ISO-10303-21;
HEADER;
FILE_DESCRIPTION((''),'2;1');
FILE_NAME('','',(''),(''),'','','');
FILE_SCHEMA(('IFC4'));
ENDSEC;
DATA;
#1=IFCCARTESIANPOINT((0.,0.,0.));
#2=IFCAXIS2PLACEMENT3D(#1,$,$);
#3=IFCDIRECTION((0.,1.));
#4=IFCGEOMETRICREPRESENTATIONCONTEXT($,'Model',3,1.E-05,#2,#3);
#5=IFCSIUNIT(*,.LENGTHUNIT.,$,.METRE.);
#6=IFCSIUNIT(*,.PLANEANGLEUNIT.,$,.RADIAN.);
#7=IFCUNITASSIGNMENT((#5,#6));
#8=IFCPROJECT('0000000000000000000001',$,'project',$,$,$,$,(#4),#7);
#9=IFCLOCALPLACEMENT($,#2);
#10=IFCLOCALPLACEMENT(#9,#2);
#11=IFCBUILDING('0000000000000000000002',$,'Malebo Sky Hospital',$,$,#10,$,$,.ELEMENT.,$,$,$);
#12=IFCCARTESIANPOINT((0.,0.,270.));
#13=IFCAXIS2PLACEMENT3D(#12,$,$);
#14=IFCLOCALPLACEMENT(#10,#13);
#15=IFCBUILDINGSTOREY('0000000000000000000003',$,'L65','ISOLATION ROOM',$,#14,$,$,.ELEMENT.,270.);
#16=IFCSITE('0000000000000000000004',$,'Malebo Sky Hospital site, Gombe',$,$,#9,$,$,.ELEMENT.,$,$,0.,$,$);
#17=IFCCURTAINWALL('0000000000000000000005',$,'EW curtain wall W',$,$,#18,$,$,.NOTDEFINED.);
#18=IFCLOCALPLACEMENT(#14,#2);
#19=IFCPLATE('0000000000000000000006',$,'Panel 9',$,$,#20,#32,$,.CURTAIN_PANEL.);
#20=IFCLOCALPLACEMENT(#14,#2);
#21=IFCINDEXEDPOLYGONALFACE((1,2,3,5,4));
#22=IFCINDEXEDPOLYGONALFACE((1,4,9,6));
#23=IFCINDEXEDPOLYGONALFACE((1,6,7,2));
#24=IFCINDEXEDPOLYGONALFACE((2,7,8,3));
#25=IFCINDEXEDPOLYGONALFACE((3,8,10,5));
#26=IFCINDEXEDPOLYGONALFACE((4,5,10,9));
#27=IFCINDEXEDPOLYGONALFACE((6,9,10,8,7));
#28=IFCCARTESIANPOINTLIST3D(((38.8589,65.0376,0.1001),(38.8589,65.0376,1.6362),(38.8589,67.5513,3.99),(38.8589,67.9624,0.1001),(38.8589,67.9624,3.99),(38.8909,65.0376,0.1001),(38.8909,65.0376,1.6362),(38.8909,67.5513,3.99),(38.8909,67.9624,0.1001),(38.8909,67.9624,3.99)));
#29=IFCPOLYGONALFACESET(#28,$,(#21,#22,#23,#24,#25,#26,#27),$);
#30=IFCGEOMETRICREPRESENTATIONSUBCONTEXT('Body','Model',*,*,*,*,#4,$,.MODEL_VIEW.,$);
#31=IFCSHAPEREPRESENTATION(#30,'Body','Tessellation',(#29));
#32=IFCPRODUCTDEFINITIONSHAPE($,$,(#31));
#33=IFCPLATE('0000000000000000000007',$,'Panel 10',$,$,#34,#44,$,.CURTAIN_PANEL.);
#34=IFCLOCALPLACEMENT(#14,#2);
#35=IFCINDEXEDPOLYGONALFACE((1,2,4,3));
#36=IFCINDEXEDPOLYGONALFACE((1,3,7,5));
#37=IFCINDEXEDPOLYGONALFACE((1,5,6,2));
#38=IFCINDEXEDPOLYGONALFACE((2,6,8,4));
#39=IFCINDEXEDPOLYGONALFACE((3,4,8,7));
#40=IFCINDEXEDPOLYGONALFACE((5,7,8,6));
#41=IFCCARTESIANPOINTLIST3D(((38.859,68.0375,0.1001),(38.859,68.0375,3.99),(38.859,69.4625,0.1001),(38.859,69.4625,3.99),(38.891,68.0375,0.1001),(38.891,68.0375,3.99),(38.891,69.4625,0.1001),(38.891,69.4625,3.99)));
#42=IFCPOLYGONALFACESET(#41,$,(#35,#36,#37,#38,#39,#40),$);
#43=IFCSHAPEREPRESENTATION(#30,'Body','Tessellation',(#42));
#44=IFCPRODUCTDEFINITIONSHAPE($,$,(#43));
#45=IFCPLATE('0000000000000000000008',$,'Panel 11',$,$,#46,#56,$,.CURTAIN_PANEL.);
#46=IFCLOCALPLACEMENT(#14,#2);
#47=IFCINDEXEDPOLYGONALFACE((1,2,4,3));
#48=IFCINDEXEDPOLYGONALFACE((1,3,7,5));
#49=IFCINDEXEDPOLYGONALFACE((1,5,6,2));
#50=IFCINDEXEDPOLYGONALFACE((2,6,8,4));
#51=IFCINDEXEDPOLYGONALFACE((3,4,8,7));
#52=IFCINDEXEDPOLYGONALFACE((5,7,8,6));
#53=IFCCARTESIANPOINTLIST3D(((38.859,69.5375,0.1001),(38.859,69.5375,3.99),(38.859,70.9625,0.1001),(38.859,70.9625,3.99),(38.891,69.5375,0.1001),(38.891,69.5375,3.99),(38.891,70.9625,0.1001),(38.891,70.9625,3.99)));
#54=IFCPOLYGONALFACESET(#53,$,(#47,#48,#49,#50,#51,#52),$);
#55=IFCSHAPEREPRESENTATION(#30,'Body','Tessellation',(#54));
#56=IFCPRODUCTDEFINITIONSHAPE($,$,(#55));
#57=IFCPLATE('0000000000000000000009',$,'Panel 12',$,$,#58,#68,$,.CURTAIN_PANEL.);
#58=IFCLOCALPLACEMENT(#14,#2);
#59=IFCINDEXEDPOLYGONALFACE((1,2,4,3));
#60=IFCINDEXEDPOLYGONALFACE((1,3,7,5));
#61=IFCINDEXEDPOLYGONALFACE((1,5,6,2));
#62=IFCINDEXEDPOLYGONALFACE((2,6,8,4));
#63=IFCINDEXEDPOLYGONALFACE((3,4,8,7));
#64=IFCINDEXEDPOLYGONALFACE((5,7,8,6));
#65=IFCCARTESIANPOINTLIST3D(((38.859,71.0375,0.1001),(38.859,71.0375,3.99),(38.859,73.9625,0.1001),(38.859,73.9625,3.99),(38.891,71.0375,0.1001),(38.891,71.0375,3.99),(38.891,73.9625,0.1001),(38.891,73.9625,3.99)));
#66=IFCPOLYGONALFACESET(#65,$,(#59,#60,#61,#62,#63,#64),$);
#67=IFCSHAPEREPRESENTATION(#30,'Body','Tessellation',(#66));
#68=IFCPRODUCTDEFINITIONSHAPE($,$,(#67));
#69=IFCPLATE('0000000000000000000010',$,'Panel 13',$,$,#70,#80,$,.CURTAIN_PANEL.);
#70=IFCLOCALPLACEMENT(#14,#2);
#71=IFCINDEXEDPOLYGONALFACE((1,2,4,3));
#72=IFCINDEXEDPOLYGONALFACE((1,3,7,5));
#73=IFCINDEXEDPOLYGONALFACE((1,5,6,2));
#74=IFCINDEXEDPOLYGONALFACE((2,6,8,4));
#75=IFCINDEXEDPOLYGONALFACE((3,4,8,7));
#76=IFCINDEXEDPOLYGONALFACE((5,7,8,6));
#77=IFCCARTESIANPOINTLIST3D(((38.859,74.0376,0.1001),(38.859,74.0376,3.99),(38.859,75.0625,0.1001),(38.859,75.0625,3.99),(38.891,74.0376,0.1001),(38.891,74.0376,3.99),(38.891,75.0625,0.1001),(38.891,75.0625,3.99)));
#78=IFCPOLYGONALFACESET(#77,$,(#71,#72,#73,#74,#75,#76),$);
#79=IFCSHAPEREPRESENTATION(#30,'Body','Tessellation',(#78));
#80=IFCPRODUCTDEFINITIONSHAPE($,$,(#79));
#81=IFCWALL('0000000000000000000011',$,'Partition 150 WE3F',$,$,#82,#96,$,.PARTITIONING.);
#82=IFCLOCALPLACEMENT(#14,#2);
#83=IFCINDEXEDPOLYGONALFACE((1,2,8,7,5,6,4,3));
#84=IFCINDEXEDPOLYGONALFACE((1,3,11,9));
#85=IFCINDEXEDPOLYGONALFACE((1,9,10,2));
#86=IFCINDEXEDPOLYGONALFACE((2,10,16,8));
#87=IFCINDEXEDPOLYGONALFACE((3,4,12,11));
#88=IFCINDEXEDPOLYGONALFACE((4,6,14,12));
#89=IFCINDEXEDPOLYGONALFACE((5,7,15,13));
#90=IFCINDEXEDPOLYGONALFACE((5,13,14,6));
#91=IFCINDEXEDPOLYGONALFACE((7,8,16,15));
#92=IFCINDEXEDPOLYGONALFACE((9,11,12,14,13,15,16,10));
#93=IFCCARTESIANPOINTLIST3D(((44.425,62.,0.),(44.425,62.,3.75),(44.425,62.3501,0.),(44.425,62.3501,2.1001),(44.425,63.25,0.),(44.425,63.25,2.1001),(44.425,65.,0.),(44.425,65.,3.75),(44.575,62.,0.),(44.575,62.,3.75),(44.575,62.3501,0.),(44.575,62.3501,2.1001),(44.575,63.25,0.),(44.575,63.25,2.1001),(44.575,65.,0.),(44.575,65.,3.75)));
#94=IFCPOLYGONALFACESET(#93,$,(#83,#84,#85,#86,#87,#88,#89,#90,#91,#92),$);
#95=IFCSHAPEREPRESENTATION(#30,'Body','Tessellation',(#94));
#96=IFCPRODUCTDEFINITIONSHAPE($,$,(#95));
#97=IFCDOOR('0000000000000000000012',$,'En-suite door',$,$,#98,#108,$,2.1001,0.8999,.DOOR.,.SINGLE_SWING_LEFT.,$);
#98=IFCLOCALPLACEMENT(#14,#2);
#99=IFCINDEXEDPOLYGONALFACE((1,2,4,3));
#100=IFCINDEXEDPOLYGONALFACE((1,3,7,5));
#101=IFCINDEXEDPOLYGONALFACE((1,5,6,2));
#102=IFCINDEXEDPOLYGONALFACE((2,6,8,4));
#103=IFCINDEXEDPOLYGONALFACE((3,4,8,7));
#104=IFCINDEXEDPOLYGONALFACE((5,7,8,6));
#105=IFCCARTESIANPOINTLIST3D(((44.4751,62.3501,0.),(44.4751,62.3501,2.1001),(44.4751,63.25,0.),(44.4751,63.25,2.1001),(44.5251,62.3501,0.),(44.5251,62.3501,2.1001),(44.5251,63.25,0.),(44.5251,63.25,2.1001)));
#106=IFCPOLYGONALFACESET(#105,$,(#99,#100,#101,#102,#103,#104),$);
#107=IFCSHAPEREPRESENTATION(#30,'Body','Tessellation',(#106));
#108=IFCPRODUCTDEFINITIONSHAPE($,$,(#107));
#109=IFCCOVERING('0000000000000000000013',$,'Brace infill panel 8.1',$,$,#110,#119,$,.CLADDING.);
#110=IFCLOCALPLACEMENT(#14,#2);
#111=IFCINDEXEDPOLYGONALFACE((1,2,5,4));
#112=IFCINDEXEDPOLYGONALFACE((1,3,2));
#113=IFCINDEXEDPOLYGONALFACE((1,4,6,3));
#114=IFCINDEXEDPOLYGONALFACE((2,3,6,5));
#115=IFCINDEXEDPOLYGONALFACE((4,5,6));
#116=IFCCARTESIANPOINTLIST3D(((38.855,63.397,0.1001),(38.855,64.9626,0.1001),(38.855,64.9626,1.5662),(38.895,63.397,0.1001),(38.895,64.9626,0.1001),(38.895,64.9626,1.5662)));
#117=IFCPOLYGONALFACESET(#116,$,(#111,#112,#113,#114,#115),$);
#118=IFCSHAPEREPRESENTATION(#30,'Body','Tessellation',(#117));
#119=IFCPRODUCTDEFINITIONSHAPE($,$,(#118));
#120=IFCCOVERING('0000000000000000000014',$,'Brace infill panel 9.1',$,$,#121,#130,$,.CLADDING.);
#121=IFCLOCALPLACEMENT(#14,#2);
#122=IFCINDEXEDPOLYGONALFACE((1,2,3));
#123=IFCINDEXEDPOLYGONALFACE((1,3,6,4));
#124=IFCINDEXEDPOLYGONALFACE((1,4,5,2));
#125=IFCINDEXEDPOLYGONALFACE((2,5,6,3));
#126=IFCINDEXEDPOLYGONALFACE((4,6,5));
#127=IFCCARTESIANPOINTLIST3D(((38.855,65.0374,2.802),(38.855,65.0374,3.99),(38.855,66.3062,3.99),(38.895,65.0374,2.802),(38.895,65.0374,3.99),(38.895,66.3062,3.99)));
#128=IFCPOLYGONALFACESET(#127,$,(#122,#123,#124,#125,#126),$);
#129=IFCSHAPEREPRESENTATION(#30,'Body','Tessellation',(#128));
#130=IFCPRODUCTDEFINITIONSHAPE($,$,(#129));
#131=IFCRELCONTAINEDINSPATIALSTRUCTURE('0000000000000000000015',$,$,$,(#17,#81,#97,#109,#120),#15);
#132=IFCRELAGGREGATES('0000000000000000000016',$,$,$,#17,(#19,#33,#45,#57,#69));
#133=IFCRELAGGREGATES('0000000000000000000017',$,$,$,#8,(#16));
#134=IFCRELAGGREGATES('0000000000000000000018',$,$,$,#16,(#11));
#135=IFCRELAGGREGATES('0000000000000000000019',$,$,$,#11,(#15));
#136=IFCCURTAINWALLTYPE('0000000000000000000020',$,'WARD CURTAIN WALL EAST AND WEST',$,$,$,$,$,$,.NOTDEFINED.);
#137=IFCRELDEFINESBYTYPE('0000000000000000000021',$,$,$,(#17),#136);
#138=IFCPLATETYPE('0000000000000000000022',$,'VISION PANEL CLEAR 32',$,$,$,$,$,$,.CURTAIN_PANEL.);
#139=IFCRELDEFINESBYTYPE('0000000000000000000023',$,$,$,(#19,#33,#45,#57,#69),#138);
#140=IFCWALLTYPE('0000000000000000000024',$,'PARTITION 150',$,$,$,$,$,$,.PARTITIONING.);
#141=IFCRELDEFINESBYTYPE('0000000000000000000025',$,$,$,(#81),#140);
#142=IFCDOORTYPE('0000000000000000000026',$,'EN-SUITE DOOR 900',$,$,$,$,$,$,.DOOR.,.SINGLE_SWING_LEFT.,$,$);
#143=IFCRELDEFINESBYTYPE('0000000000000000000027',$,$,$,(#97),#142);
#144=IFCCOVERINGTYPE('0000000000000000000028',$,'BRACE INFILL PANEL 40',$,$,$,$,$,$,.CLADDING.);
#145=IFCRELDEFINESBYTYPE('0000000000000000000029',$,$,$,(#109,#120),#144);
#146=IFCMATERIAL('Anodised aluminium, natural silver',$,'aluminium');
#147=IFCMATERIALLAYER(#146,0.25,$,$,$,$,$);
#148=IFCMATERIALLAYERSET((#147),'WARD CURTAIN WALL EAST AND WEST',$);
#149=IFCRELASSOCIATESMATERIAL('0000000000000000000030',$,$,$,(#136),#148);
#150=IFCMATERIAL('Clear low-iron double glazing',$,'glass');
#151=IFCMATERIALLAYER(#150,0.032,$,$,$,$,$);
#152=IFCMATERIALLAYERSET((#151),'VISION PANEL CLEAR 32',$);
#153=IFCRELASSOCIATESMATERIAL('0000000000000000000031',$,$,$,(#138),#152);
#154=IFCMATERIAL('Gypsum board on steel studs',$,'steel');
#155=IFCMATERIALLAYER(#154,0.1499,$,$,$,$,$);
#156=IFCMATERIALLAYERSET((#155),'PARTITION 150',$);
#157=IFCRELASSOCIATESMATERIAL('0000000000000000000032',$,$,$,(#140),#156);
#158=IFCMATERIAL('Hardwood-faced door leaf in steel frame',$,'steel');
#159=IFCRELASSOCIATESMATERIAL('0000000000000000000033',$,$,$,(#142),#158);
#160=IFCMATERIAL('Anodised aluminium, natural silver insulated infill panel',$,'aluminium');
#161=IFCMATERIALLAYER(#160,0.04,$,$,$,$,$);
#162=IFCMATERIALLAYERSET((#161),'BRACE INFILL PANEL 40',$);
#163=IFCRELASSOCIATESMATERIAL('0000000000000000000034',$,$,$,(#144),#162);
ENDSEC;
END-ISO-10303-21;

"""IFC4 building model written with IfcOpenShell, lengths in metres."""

from ifc_helpers import new_model, si_unit, direction, frame, frame_2d, origin, origin_2d, place, context, subcontext, project, spatial, polyline, rectangle, outline, extrude, material, layer, layer_set, type_object, element, fill, aggregate, save


model = new_model("IFC4")

# Units and contexts
model_context = context("Model", 3, precision=1e-05, world=origin(), true_north=direction((0.0, 1.0)))
body_context = subcontext(model_context, "Body", "Model", "MODEL_VIEW")
ifc_project = project(units=[si_unit("LENGTHUNIT", "METRE"), si_unit("PLANEANGLEUNIT", "RADIAN")], contexts=[model_context])

# Site, building, storey
site_placement = place(None, origin())
site = spatial("IfcSite", under=ifc_project, at=site_placement, Name="Malebo Sky Hospital site, Gombe", CompositionType="ELEMENT", RefElevation=0.0)
building_placement = place(site_placement, origin())
building = spatial("IfcBuilding", under=site, at=building_placement, Name="Malebo Sky Hospital", CompositionType="ELEMENT")
storey_placement = place(building_placement, frame((0.0, 0.0, 270.0)))
storey = spatial("IfcBuildingStorey", under=building, at=storey_placement, Name="L65", Description="ISOLATION ROOM", CompositionType="ELEMENT", Elevation=270.0)

# Curtain wall
ifc_material_1 = material(Name="Anodised aluminium, natural silver", Category="aluminium")
ifc_layer_1 = layer(ifc_material_1, 0.25)
ifc_layer_set_1 = layer_set([ifc_layer_1], Name="WARD CURTAIN WALL EAST AND WEST")
curtain_wall_type = type_object("IfcCurtainWallType", Name="WARD CURTAIN WALL EAST AND WEST", PredefinedType="NOTDEFINED", material=ifc_layer_set_1)
curtain_wall_placement = place(storey_placement, origin())
curtain_wall = element("IfcCurtainWall", 1, at=curtain_wall_placement, inside=storey, type_object=curtain_wall_type, Name="EW curtain wall W", PredefinedType="NOTDEFINED")

# Plates
ifc_material_2 = material(Name="Clear low-iron double glazing", Category="glass")
ifc_layer_2 = layer(ifc_material_2, 0.032)
ifc_layer_set_2 = layer_set([ifc_layer_2], Name="VISION PANEL CLEAR 32")
plate_type = type_object("IfcPlateType", Name="VISION PANEL CLEAR 32", PredefinedType="CURTAIN_PANEL", material=ifc_layer_set_2)
plate_1_placement = place(storey_placement, frame((38.875, 66.5, 0.1001), z_axis=(0.0, 0.0, 1.0), x_axis=(0.0, 1.0, 0.0)))
plate_1 = element("IfcPlate", 2, at=plate_1_placement, type_object=plate_type, Name="Panel 9", PredefinedType="CURTAIN_PANEL", context=body_context, shape_type="SweptSolid", body=[
    extrude(outline(polyline([(-1.4624, 0.0), (1.4624, 0.0), (1.4624, 3.8899), (1.0513, 3.8899), (-1.4624, 1.5361), (-1.4624, 0.0)])), frame((0.0, 0.0161, 0.0), z_axis=(0.0, -1.0, 0.0), x_axis=(1.0, 0.0, 0.0)), (0.0, 0.0, 1.0), 0.032),
])
plate_2_placement = place(storey_placement, frame((38.875, 68.75, 0.1001), z_axis=(0.0, 0.0, 1.0), x_axis=(0.0, 1.0, 0.0)))
plate_2 = element("IfcPlate", 3, at=plate_2_placement, type_object=plate_type, Name="Panel 10", PredefinedType="CURTAIN_PANEL", context=body_context, shape_type="SweptSolid", body=[
    extrude(rectangle(XDim=1.425, YDim=0.032, at=origin_2d()), origin(), (0.0, 0.0, 1.0), 3.8899),
])
plate_3_placement = place(storey_placement, frame((38.875, 70.25, 0.1001), z_axis=(0.0, 0.0, 1.0), x_axis=(0.0, 1.0, 0.0)))
plate_3 = element("IfcPlate", 4, at=plate_3_placement, type_object=plate_type, Name="Panel 11", PredefinedType="CURTAIN_PANEL", context=body_context, shape_type="SweptSolid", body=[
    extrude(rectangle(XDim=1.425, YDim=0.032, at=origin_2d()), origin(), (0.0, 0.0, 1.0), 3.8899),
])
plate_4_placement = place(storey_placement, frame((38.875, 72.5, 0.1001), z_axis=(0.0, 0.0, 1.0), x_axis=(0.0, 1.0, 0.0)))
plate_4 = element("IfcPlate", 5, at=plate_4_placement, type_object=plate_type, Name="Panel 12", PredefinedType="CURTAIN_PANEL", context=body_context, shape_type="SweptSolid", body=[
    extrude(rectangle(XDim=2.925, YDim=0.032, at=origin_2d()), origin(), (0.0, 0.0, 1.0), 3.8899),
])
plate_5_placement = place(storey_placement, frame((38.875, 74.55, 0.1001), z_axis=(0.0, 0.0, 1.0), x_axis=(0.0, 1.0, 0.0)))
plate_5 = element("IfcPlate", 6, at=plate_5_placement, type_object=plate_type, Name="Panel 13", PredefinedType="CURTAIN_PANEL", context=body_context, shape_type="SweptSolid", body=[
    extrude(rectangle(XDim=1.0249, YDim=0.032, at=origin_2d()), origin(), (0.0, 0.0, 1.0), 3.8899),
])
aggregate(curtain_wall, [plate_1, plate_2, plate_3, plate_4, plate_5])

# Wall, opening, door
ifc_material_3 = material(Name="Gypsum board on steel studs", Category="steel")
ifc_layer_3 = layer(ifc_material_3, 0.1499)
ifc_layer_set_3 = layer_set([ifc_layer_3], Name="PARTITION 150")
wall_type = type_object("IfcWallType", Name="PARTITION 150", PredefinedType="PARTITIONING", material=ifc_layer_set_3)
wall_placement = place(storey_placement, frame((44.5, 62.0, 0.0), z_axis=(0.0, 0.0, 1.0), x_axis=(0.0, 1.0, 0.0)))
wall = element("IfcWall", 7, at=wall_placement, inside=storey, type_object=wall_type, Name="Partition 150 WE3F", PredefinedType="PARTITIONING", context=body_context, shape_type="SweptSolid", body=[
    extrude(rectangle(XDim=3.0, YDim=0.1499, at=frame_2d((1.5, 0.0))), origin(), (0.0, 0.0, 1.0), 3.75),
])
opening_placement = place(wall_placement, frame((0.3501, 0.0, 0.0)))
opening = element("IfcOpeningElement", 8, at=opening_placement, cuts=wall, PredefinedType="OPENING", context=body_context, shape_type="SweptSolid", body=[
    extrude(rectangle(XDim=0.8999, YDim=2.1001, at=frame_2d((0.45, 1.05))), frame((0.0, 0.085, 0.0), z_axis=(0.0, -1.0, 0.0), x_axis=(1.0, 0.0, 0.0)), (0.0, 0.0, 1.0), 0.1699),
])
ifc_material_4 = material(Name="Hardwood-faced door leaf in steel frame", Category="steel")
door_type = type_object("IfcDoorType", Name="EN-SUITE DOOR 900", OperationType="SINGLE_SWING_LEFT", PredefinedType="DOOR", material=ifc_material_4)
door_placement = place(opening_placement, origin())
door = element("IfcDoor", 9, at=door_placement, inside=storey, type_object=door_type, Name="En-suite door", OperationType="SINGLE_SWING_LEFT", OverallHeight=2.1001, OverallWidth=0.8999, PredefinedType="DOOR", context=body_context, shape_type="SweptSolid", body=[
    extrude(rectangle(XDim=0.8999, YDim=2.1001, at=frame_2d((0.45, 1.05))), frame((0.0, 0.0249, 0.0), z_axis=(0.0, -1.0, 0.0), x_axis=(1.0, 0.0, 0.0)), (0.0, 0.0, 1.0), 0.05),
])
fill(opening, door)

# Coverings
ifc_material_5 = material(Name="Anodised aluminium, natural silver insulated infill panel", Category="aluminium")
ifc_layer_4 = layer(ifc_material_5, 0.04)
ifc_layer_set_4 = layer_set([ifc_layer_4], Name="BRACE INFILL PANEL 40")
covering_type = type_object("IfcCoveringType", Name="BRACE INFILL PANEL 40", PredefinedType="CLADDING", material=ifc_layer_set_4)
covering_1_placement = place(storey_placement, frame((38.875, 64.1797, 0.1001), z_axis=(0.0, 0.0, 1.0), x_axis=(0.0, 1.0, 0.0)))
element("IfcCovering", 10, at=covering_1_placement, inside=storey, type_object=covering_type, Name="Brace infill panel 8.1", PredefinedType="CLADDING", context=body_context, shape_type="SweptSolid", body=[
    extrude(outline(polyline([(-0.7827, 0.0), (0.783, 0.0), (0.783, 1.4661), (-0.7827, 0.0)])), frame((0.0, 0.02, 0.0), z_axis=(0.0, -1.0, 0.0), x_axis=(1.0, 0.0, 0.0)), (0.0, 0.0, 1.0), 0.04),
])
covering_2_placement = place(storey_placement, frame((38.875, 65.6719, 2.802), z_axis=(0.0, 0.0, 1.0), x_axis=(0.0, 1.0, 0.0)))
element("IfcCovering", 11, at=covering_2_placement, inside=storey, type_object=covering_type, Name="Brace infill panel 9.1", PredefinedType="CLADDING", context=body_context, shape_type="SweptSolid", body=[
    extrude(outline(polyline([(-0.6345, 0.0), (0.6343, 1.188), (-0.6345, 1.188), (-0.6345, 0.0)])), frame((0.0, 0.02, 0.0), z_axis=(0.0, -1.0, 0.0), x_axis=(1.0, 0.0, 0.0)), (0.0, 0.0, 1.0), 0.04),
])

save(model, "model.ifc")
